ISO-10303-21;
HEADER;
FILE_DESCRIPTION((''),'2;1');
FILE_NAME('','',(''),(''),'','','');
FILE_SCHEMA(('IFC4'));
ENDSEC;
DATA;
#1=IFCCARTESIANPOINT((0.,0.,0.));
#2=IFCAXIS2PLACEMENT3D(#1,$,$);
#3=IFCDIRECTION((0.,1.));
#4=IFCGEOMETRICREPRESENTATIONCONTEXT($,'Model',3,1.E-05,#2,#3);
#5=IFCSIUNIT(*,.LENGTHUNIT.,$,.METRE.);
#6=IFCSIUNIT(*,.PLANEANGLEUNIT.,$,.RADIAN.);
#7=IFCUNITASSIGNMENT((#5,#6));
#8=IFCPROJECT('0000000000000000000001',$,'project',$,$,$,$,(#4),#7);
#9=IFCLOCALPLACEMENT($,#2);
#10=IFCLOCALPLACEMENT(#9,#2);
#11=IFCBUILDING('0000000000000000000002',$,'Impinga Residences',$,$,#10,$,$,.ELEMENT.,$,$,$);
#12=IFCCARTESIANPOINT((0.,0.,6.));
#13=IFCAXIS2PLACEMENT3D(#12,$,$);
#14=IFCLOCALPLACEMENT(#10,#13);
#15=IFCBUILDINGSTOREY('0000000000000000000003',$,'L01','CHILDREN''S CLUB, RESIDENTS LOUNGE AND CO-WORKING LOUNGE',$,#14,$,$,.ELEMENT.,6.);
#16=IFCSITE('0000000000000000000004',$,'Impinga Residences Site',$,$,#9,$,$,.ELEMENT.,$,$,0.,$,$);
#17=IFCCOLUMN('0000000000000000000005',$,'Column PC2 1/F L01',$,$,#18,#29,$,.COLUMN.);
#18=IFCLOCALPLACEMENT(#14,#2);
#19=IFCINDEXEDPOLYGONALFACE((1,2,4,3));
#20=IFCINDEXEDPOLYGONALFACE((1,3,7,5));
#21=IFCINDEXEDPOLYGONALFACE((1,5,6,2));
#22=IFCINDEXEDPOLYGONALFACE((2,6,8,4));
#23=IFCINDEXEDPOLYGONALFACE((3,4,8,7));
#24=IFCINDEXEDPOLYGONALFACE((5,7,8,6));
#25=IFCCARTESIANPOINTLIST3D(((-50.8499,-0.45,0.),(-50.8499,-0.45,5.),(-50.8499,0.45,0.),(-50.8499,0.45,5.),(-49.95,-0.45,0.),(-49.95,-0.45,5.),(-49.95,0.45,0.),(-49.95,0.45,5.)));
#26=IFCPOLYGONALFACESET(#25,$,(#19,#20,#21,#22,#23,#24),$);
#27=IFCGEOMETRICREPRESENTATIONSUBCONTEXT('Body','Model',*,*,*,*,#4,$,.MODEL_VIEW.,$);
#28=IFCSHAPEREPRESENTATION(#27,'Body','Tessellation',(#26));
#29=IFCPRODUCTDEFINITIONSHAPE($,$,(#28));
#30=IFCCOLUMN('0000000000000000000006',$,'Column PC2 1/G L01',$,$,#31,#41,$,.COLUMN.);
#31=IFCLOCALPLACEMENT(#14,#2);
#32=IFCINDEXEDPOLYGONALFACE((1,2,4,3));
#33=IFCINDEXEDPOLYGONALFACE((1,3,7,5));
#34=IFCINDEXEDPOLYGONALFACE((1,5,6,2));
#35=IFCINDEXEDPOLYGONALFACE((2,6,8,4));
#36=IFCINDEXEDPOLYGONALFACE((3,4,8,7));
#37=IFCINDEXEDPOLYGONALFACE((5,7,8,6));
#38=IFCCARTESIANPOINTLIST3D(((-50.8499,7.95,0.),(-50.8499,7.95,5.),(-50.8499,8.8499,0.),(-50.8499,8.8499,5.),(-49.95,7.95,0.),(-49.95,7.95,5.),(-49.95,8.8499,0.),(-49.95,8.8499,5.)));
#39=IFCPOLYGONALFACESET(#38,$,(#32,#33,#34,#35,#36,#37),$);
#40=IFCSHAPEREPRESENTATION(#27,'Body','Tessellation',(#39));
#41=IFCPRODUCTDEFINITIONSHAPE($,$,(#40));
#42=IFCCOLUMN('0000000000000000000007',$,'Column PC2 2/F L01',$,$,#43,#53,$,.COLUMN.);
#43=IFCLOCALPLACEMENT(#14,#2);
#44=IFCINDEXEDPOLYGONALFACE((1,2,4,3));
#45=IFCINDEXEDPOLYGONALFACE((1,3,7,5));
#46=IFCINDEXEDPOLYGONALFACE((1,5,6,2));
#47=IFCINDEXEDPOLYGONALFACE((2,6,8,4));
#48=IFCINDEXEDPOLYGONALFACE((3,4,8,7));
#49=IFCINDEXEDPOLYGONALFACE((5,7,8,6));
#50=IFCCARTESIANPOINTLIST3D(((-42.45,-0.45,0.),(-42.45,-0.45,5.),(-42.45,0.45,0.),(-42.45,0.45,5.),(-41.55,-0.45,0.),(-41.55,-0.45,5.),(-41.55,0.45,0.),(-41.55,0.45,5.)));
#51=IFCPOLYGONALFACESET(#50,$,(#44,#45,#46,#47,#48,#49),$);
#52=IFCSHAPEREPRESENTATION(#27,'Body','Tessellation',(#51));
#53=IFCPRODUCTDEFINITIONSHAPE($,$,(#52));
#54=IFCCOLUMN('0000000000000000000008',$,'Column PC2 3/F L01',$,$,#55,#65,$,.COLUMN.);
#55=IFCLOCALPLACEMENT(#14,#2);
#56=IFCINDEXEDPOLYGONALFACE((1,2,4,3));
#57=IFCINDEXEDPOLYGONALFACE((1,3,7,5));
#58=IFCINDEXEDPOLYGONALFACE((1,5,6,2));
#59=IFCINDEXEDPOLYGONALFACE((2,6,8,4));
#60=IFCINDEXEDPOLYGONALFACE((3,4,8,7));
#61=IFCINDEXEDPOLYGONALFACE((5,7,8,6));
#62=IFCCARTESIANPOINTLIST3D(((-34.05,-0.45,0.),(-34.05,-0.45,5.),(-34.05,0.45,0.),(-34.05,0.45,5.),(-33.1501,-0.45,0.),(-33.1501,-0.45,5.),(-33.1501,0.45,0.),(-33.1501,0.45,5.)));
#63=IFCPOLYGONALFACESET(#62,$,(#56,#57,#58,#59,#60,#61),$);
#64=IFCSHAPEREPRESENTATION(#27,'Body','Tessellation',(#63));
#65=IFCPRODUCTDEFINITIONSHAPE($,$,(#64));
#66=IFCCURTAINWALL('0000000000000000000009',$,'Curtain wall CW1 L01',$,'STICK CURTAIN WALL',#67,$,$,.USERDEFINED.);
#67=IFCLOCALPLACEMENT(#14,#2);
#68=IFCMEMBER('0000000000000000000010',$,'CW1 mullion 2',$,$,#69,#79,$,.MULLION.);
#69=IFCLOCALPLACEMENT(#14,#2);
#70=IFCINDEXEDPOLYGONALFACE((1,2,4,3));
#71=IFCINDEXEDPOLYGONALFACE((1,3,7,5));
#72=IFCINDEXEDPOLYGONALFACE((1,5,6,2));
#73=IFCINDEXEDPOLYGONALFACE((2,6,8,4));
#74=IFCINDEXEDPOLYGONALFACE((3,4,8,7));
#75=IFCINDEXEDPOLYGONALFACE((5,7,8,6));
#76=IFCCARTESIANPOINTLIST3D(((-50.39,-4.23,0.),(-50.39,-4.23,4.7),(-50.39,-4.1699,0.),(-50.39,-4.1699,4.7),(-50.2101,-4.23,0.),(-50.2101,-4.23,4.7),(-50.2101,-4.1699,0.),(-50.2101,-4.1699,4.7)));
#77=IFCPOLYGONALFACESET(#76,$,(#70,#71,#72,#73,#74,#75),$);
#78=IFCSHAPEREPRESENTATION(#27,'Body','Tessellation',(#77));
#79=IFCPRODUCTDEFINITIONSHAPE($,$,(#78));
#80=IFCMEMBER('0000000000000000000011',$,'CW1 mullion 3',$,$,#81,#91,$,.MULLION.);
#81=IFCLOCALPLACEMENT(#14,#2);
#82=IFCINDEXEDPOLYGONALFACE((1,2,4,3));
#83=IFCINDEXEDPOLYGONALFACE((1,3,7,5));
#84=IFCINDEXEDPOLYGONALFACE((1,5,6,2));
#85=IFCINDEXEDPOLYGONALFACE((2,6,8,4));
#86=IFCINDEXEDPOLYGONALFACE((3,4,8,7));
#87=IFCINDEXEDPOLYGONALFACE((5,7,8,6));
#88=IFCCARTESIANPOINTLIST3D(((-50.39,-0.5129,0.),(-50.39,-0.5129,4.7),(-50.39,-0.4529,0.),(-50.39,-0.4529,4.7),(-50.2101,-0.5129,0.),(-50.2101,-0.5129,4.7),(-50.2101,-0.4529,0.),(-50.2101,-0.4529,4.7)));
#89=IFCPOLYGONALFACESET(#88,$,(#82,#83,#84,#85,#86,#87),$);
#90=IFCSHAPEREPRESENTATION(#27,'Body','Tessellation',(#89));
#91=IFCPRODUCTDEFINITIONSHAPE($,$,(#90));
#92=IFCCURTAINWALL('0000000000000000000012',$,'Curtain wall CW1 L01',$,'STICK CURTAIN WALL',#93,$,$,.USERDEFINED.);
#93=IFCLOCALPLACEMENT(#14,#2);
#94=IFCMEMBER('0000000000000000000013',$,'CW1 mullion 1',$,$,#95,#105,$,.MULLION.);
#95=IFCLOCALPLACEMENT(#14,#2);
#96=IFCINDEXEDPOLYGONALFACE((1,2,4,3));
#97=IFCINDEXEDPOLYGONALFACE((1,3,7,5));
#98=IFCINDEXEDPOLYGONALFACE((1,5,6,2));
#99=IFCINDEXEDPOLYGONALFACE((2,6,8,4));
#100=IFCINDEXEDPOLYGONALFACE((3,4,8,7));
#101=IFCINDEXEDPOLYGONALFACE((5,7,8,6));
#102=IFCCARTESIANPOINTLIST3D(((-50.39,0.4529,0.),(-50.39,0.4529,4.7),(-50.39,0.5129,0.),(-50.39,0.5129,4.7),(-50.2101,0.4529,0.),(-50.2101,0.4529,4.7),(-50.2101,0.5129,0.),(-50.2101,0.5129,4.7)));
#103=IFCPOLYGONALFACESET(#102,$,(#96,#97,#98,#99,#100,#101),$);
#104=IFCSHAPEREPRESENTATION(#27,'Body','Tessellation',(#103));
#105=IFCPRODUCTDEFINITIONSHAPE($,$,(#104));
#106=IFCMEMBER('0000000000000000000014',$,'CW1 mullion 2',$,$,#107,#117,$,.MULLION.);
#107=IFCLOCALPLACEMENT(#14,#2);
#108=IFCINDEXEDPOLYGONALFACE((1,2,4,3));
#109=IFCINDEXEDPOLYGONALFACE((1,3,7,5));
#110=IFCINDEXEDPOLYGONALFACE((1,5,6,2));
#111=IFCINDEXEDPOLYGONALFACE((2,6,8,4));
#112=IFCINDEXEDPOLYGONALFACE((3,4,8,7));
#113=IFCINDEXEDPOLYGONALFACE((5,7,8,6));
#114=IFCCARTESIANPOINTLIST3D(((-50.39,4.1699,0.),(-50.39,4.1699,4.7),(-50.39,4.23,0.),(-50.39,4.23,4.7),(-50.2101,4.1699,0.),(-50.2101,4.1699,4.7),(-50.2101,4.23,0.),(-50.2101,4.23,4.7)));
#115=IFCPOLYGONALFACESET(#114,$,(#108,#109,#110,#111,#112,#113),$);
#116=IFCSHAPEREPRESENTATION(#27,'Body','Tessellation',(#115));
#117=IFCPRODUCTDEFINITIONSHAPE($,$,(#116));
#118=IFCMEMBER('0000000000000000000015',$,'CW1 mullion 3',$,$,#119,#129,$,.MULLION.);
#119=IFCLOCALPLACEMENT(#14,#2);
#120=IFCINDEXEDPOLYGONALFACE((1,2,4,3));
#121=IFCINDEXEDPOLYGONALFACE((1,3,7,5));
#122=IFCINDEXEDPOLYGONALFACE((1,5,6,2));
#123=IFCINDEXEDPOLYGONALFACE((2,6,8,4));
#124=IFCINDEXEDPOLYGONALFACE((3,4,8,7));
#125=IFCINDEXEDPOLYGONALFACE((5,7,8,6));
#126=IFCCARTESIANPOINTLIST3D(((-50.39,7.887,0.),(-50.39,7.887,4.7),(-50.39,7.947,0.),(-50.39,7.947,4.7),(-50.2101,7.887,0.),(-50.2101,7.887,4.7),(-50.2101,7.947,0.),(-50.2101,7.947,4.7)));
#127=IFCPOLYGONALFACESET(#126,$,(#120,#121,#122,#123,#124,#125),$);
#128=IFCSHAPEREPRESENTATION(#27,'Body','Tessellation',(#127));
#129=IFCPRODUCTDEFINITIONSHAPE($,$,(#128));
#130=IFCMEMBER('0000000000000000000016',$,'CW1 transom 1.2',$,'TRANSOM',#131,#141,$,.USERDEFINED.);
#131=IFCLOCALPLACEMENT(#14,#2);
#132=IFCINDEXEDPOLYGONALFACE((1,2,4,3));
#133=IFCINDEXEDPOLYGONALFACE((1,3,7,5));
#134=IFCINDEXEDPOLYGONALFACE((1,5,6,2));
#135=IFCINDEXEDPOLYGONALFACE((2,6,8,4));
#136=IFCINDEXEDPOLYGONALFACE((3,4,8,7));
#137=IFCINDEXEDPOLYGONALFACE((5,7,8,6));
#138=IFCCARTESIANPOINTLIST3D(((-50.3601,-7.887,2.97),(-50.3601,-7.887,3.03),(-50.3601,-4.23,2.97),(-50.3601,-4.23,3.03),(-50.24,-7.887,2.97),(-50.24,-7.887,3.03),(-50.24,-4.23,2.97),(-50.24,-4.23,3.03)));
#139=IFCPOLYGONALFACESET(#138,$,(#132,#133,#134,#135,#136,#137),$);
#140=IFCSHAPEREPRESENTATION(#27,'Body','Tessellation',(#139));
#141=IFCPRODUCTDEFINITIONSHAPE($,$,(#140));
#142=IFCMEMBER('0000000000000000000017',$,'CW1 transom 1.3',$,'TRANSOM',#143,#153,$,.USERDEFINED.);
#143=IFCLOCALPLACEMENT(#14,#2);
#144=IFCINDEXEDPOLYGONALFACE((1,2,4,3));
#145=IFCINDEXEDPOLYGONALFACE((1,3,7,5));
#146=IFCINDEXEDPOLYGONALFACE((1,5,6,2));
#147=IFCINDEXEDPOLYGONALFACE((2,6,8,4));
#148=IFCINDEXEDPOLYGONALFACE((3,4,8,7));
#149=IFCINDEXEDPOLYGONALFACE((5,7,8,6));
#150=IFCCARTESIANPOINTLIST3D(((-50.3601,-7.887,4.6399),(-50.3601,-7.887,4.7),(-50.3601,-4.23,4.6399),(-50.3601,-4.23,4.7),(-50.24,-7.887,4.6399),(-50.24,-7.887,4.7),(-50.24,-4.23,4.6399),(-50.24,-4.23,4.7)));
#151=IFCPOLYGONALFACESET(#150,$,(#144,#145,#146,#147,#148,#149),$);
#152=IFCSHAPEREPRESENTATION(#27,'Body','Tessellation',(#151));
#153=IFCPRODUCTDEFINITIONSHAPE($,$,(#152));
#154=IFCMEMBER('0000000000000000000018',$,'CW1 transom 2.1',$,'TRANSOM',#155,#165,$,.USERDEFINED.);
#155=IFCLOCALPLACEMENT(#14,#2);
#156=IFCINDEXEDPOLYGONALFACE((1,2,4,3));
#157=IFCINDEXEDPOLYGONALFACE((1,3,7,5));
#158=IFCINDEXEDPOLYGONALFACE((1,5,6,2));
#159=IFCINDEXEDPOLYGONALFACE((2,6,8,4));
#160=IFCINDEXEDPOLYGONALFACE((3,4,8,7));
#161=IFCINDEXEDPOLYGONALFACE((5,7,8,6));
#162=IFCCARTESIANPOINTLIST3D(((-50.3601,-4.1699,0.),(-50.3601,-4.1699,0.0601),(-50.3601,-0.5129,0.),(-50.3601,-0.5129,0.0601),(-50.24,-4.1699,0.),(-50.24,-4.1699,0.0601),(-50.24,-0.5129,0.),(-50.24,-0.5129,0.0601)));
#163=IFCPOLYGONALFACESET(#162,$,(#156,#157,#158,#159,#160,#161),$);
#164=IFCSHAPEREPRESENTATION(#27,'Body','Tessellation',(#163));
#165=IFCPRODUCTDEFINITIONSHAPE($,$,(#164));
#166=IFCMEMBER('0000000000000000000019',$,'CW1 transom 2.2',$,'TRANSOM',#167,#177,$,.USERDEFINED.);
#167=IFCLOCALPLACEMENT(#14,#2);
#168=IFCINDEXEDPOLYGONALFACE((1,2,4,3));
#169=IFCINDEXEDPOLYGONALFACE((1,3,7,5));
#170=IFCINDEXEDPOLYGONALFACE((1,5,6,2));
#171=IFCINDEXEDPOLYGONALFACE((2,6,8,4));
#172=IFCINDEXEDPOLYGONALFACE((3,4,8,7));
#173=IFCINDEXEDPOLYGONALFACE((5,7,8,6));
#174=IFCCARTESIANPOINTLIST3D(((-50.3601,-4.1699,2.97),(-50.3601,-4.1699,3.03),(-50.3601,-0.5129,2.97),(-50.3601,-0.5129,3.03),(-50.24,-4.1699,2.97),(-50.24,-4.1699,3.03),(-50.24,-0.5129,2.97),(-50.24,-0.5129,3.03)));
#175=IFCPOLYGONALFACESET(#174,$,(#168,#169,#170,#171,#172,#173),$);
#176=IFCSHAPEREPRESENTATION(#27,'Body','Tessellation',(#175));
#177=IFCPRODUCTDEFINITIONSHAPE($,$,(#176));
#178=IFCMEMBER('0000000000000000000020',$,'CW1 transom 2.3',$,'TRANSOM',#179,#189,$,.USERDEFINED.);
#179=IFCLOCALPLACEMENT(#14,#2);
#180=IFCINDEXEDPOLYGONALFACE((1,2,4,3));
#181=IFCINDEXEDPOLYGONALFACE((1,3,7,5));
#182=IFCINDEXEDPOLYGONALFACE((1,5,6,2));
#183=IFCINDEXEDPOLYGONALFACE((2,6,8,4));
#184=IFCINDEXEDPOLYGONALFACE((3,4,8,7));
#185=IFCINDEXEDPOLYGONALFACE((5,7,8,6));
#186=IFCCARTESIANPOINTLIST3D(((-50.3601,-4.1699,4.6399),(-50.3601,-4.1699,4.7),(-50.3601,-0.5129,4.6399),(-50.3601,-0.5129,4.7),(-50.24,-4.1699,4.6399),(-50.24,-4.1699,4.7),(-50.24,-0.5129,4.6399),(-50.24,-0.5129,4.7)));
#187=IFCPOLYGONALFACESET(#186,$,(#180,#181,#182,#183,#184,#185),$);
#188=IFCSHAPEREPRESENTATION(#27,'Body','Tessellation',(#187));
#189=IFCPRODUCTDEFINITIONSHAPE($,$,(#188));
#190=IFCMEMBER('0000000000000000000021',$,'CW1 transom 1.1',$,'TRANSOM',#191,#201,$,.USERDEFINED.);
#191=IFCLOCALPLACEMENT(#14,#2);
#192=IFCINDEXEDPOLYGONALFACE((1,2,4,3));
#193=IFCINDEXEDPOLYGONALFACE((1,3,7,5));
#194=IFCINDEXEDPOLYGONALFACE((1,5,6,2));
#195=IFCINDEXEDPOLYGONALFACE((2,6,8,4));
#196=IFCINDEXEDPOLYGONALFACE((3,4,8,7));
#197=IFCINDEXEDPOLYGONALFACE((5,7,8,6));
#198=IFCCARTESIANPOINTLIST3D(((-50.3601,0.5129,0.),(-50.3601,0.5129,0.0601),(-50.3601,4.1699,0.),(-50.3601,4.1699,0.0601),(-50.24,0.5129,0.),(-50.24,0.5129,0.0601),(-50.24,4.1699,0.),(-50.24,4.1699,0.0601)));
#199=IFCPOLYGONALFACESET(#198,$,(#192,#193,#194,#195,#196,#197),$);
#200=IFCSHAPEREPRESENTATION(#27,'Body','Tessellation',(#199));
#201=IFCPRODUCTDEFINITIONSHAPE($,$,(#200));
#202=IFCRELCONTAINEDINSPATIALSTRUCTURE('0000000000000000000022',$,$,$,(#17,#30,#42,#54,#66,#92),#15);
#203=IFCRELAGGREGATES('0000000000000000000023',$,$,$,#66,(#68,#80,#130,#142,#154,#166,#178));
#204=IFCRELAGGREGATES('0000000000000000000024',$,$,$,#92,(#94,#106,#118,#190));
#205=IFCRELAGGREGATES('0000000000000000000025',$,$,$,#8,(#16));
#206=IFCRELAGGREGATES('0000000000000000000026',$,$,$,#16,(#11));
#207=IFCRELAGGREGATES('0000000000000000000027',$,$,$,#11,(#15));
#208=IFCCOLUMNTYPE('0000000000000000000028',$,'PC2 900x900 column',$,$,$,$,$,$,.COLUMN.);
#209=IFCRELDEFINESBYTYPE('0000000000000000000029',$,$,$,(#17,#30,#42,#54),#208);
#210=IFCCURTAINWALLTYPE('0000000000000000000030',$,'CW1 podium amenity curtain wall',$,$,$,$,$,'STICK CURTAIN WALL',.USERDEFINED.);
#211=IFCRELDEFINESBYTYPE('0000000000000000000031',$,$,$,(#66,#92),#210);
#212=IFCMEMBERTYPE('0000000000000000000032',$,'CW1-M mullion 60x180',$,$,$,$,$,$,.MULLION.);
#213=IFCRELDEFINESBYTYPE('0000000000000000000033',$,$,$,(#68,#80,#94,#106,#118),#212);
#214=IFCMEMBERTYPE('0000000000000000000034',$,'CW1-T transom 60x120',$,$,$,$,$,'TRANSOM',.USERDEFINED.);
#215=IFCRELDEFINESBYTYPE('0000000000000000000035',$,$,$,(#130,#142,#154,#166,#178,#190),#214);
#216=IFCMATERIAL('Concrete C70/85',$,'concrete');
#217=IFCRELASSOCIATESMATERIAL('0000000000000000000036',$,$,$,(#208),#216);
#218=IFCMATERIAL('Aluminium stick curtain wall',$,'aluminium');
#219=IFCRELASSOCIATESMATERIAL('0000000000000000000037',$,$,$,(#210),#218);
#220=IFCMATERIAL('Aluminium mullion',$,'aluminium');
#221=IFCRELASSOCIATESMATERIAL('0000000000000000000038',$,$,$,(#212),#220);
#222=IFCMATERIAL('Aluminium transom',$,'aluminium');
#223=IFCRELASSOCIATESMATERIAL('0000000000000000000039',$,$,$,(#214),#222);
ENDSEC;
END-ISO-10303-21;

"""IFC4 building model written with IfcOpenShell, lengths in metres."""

from ifc_helpers import new_model, si_unit, direction, frame, origin, origin_2d, place, context, subcontext, project, spatial, rectangle, extrude, material, material_profile, profile_set, type_object, element, aggregate, save


model = new_model("IFC4")

# Units and contexts
model_context = context("Model", 3, precision=1e-05, world=origin(), true_north=direction((0.0, 1.0)))
body_context = subcontext(model_context, "Body", "Model", "MODEL_VIEW")
ifc_project = project(units=[si_unit("LENGTHUNIT", "METRE"), si_unit("PLANEANGLEUNIT", "RADIAN")], contexts=[model_context])

# Site, building, storey
site_placement = place(None, origin())
site = spatial("IfcSite", under=ifc_project, at=site_placement, Name="Impinga Residences Site", CompositionType="ELEMENT", RefElevation=0.0)
building_placement = place(site_placement, origin())
building = spatial("IfcBuilding", under=site, at=building_placement, Name="Impinga Residences", CompositionType="ELEMENT")
storey_placement = place(building_placement, frame((0.0, 0.0, 6.0)))
storey = spatial("IfcBuildingStorey", under=building, at=storey_placement, Name="L01", Description="CHILDREN'S CLUB, RESIDENTS LOUNGE AND CO-WORKING LOUNGE", CompositionType="ELEMENT", Elevation=6.0)

# Columns
ifc_material_1 = material(Name="Concrete C70/85", Category="concrete")
ifc_material_profile_1 = material_profile(ifc_material_1, rectangle(XDim=0.8999, YDim=0.8999, at=origin_2d()), Name="RC 900x900")
ifc_profile_set_1 = profile_set([ifc_material_profile_1], Name="Concrete C70/85")
column_type = type_object("IfcColumnType", Name="PC2 900x900 column", PredefinedType="COLUMN", material=ifc_profile_set_1)
for number, where, z_axis, x_axis, name in (
    (1, (-50.3999, 0.0, 0.0), (0.0, 0.0, 1.0), (1.0, 0.0, 0.0), "Column PC2 1/F L01"),
    (2, (-50.3999, 8.3999, 0.0), (0.0, 0.0, 1.0), (1.0, 0.0, 0.0), "Column PC2 1/G L01"),
    (3, (-42.0, 0.0, 0.0), (0.0, 0.0, 1.0), (1.0, 0.0, 0.0), "Column PC2 2/F L01"),
    (4, (-33.6001, 0.0, 0.0), (0.0, 0.0, 1.0), (1.0, 0.0, 0.0), "Column PC2 3/F L01"),
):
    element("IfcColumn", number, at=place(storey_placement, frame(where, z_axis=z_axis, x_axis=x_axis)), inside=storey, type_object=column_type, Name=name, PredefinedType="COLUMN", context=body_context, shape_type="SweptSolid", body=[
        extrude(rectangle(XDim=0.8999, YDim=0.8999, at=origin_2d()), origin(), (0.0, 0.0, 1.0), 5.0),
    ])

# Curtain walls, members
ifc_material_2 = material(Name="Aluminium stick curtain wall", Category="aluminium")
curtain_wall_type = type_object("IfcCurtainWallType", Name="CW1 podium amenity curtain wall", ElementType="STICK CURTAIN WALL", PredefinedType="USERDEFINED", material=ifc_material_2)
curtain_wall_1_placement = place(storey_placement, origin())
curtain_wall_1 = element("IfcCurtainWall", 5, at=curtain_wall_1_placement, inside=storey, type_object=curtain_wall_type, Name="Curtain wall CW1 L01", ObjectType="STICK CURTAIN WALL", PredefinedType="USERDEFINED")
ifc_material_3 = material(Name="Aluminium mullion", Category="aluminium")
ifc_material_profile_2 = material_profile(ifc_material_3, rectangle(XDim=0.0601, YDim=0.1799, at=origin_2d()), Name="60x180 mullion")
ifc_profile_set_2 = profile_set([ifc_material_profile_2], Name="Aluminium mullion")
member_type_1 = type_object("IfcMemberType", Name="CW1-M mullion 60x180", PredefinedType="MULLION", material=ifc_profile_set_2)
member_1_placement = place(storey_placement, frame((-50.3, -4.2, 0.0), z_axis=(0.0, 0.0, 1.0), x_axis=(0.0, 1.0, 0.0)))
member_1 = element("IfcMember", 6, at=member_1_placement, type_object=member_type_1, Name="CW1 mullion 2", PredefinedType="MULLION", context=body_context, shape_type="SweptSolid", body=[
    extrude(rectangle(XDim=0.0601, YDim=0.1799, at=origin_2d()), origin(), (0.0, 0.0, 1.0), 4.7),
])
member_2_placement = place(storey_placement, frame((-50.3, -0.4829, 0.0), z_axis=(0.0, 0.0, 1.0), x_axis=(0.0, 1.0, 0.0)))
member_2 = element("IfcMember", 7, at=member_2_placement, type_object=member_type_1, Name="CW1 mullion 3", PredefinedType="MULLION", context=body_context, shape_type="SweptSolid", body=[
    extrude(rectangle(XDim=0.0601, YDim=0.1799, at=origin_2d()), origin(), (0.0, 0.0, 1.0), 4.7),
])
curtain_wall_2_placement = place(storey_placement, origin())
curtain_wall_2 = element("IfcCurtainWall", 8, at=curtain_wall_2_placement, inside=storey, type_object=curtain_wall_type, Name="Curtain wall CW1 L01", ObjectType="STICK CURTAIN WALL", PredefinedType="USERDEFINED")
member_3_placement = place(storey_placement, frame((-50.3, 0.4829, 0.0), z_axis=(0.0, 0.0, 1.0), x_axis=(0.0, 1.0, 0.0)))
member_3 = element("IfcMember", 9, at=member_3_placement, type_object=member_type_1, Name="CW1 mullion 1", PredefinedType="MULLION", context=body_context, shape_type="SweptSolid", body=[
    extrude(rectangle(XDim=0.0601, YDim=0.1799, at=origin_2d()), origin(), (0.0, 0.0, 1.0), 4.7),
])
member_4_placement = place(storey_placement, frame((-50.3, 4.2, 0.0), z_axis=(0.0, 0.0, 1.0), x_axis=(0.0, 1.0, 0.0)))
member_4 = element("IfcMember", 10, at=member_4_placement, type_object=member_type_1, Name="CW1 mullion 2", PredefinedType="MULLION", context=body_context, shape_type="SweptSolid", body=[
    extrude(rectangle(XDim=0.0601, YDim=0.1799, at=origin_2d()), origin(), (0.0, 0.0, 1.0), 4.7),
])
member_5_placement = place(storey_placement, frame((-50.3, 7.917, 0.0), z_axis=(0.0, 0.0, 1.0), x_axis=(0.0, 1.0, 0.0)))
member_5 = element("IfcMember", 11, at=member_5_placement, type_object=member_type_1, Name="CW1 mullion 3", PredefinedType="MULLION", context=body_context, shape_type="SweptSolid", body=[
    extrude(rectangle(XDim=0.0601, YDim=0.1799, at=origin_2d()), origin(), (0.0, 0.0, 1.0), 4.7),
])

# Members
ifc_material_4 = material(Name="Aluminium transom", Category="aluminium")
ifc_material_profile_3 = material_profile(ifc_material_4, rectangle(XDim=0.0601, YDim=0.1201, at=origin_2d()), Name="60x120 transom")
ifc_profile_set_3 = profile_set([ifc_material_profile_3], Name="Aluminium transom")
member_type_2 = type_object("IfcMemberType", Name="CW1-T transom 60x120", ElementType="TRANSOM", PredefinedType="USERDEFINED", material=ifc_profile_set_3)
member_6_placement = place(storey_placement, frame((-50.3, -7.887, 3.0), z_axis=(0.0, 1.0, 0.0), x_axis=(0.0, 0.0, 1.0)))
member_6 = element("IfcMember", 12, at=member_6_placement, type_object=member_type_2, Name="CW1 transom 1.2", ObjectType="TRANSOM", PredefinedType="USERDEFINED", context=body_context, shape_type="SweptSolid", body=[
    extrude(rectangle(XDim=0.0601, YDim=0.1201, at=origin_2d()), origin(), (0.0, 0.0, 1.0), 3.657),
])
member_7_placement = place(storey_placement, frame((-50.3, -7.887, 4.6699), z_axis=(0.0, 1.0, 0.0), x_axis=(0.0, 0.0, 1.0)))
member_7 = element("IfcMember", 13, at=member_7_placement, type_object=member_type_2, Name="CW1 transom 1.3", ObjectType="TRANSOM", PredefinedType="USERDEFINED", context=body_context, shape_type="SweptSolid", body=[
    extrude(rectangle(XDim=0.0601, YDim=0.1201, at=origin_2d()), origin(), (0.0, 0.0, 1.0), 3.657),
])
member_8_placement = place(storey_placement, frame((-50.3, -4.1699, 0.03), z_axis=(0.0, 1.0, 0.0), x_axis=(0.0, 0.0, 1.0)))
member_8 = element("IfcMember", 14, at=member_8_placement, type_object=member_type_2, Name="CW1 transom 2.1", ObjectType="TRANSOM", PredefinedType="USERDEFINED", context=body_context, shape_type="SweptSolid", body=[
    extrude(rectangle(XDim=0.0601, YDim=0.1201, at=origin_2d()), origin(), (0.0, 0.0, 1.0), 3.657),
])
member_9_placement = place(storey_placement, frame((-50.3, -4.1699, 3.0), z_axis=(0.0, 1.0, 0.0), x_axis=(0.0, 0.0, 1.0)))
member_9 = element("IfcMember", 15, at=member_9_placement, type_object=member_type_2, Name="CW1 transom 2.2", ObjectType="TRANSOM", PredefinedType="USERDEFINED", context=body_context, shape_type="SweptSolid", body=[
    extrude(rectangle(XDim=0.0601, YDim=0.1201, at=origin_2d()), origin(), (0.0, 0.0, 1.0), 3.657),
])
member_10_placement = place(storey_placement, frame((-50.3, -4.1699, 4.6699), z_axis=(0.0, 1.0, 0.0), x_axis=(0.0, 0.0, 1.0)))
member_10 = element("IfcMember", 16, at=member_10_placement, type_object=member_type_2, Name="CW1 transom 2.3", ObjectType="TRANSOM", PredefinedType="USERDEFINED", context=body_context, shape_type="SweptSolid", body=[
    extrude(rectangle(XDim=0.0601, YDim=0.1201, at=origin_2d()), origin(), (0.0, 0.0, 1.0), 3.657),
])
member_11_placement = place(storey_placement, frame((-50.3, 0.5129, 0.03), z_axis=(0.0, 1.0, 0.0), x_axis=(0.0, 0.0, 1.0)))
member_11 = element("IfcMember", 17, at=member_11_placement, type_object=member_type_2, Name="CW1 transom 1.1", ObjectType="TRANSOM", PredefinedType="USERDEFINED", context=body_context, shape_type="SweptSolid", body=[
    extrude(rectangle(XDim=0.0601, YDim=0.1201, at=origin_2d()), origin(), (0.0, 0.0, 1.0), 3.657),
])

aggregate(curtain_wall_1, [member_1, member_2, member_6, member_7, member_8, member_9, member_10])
aggregate(curtain_wall_2, [member_3, member_4, member_5, member_11])

save(model, "model.ifc")
